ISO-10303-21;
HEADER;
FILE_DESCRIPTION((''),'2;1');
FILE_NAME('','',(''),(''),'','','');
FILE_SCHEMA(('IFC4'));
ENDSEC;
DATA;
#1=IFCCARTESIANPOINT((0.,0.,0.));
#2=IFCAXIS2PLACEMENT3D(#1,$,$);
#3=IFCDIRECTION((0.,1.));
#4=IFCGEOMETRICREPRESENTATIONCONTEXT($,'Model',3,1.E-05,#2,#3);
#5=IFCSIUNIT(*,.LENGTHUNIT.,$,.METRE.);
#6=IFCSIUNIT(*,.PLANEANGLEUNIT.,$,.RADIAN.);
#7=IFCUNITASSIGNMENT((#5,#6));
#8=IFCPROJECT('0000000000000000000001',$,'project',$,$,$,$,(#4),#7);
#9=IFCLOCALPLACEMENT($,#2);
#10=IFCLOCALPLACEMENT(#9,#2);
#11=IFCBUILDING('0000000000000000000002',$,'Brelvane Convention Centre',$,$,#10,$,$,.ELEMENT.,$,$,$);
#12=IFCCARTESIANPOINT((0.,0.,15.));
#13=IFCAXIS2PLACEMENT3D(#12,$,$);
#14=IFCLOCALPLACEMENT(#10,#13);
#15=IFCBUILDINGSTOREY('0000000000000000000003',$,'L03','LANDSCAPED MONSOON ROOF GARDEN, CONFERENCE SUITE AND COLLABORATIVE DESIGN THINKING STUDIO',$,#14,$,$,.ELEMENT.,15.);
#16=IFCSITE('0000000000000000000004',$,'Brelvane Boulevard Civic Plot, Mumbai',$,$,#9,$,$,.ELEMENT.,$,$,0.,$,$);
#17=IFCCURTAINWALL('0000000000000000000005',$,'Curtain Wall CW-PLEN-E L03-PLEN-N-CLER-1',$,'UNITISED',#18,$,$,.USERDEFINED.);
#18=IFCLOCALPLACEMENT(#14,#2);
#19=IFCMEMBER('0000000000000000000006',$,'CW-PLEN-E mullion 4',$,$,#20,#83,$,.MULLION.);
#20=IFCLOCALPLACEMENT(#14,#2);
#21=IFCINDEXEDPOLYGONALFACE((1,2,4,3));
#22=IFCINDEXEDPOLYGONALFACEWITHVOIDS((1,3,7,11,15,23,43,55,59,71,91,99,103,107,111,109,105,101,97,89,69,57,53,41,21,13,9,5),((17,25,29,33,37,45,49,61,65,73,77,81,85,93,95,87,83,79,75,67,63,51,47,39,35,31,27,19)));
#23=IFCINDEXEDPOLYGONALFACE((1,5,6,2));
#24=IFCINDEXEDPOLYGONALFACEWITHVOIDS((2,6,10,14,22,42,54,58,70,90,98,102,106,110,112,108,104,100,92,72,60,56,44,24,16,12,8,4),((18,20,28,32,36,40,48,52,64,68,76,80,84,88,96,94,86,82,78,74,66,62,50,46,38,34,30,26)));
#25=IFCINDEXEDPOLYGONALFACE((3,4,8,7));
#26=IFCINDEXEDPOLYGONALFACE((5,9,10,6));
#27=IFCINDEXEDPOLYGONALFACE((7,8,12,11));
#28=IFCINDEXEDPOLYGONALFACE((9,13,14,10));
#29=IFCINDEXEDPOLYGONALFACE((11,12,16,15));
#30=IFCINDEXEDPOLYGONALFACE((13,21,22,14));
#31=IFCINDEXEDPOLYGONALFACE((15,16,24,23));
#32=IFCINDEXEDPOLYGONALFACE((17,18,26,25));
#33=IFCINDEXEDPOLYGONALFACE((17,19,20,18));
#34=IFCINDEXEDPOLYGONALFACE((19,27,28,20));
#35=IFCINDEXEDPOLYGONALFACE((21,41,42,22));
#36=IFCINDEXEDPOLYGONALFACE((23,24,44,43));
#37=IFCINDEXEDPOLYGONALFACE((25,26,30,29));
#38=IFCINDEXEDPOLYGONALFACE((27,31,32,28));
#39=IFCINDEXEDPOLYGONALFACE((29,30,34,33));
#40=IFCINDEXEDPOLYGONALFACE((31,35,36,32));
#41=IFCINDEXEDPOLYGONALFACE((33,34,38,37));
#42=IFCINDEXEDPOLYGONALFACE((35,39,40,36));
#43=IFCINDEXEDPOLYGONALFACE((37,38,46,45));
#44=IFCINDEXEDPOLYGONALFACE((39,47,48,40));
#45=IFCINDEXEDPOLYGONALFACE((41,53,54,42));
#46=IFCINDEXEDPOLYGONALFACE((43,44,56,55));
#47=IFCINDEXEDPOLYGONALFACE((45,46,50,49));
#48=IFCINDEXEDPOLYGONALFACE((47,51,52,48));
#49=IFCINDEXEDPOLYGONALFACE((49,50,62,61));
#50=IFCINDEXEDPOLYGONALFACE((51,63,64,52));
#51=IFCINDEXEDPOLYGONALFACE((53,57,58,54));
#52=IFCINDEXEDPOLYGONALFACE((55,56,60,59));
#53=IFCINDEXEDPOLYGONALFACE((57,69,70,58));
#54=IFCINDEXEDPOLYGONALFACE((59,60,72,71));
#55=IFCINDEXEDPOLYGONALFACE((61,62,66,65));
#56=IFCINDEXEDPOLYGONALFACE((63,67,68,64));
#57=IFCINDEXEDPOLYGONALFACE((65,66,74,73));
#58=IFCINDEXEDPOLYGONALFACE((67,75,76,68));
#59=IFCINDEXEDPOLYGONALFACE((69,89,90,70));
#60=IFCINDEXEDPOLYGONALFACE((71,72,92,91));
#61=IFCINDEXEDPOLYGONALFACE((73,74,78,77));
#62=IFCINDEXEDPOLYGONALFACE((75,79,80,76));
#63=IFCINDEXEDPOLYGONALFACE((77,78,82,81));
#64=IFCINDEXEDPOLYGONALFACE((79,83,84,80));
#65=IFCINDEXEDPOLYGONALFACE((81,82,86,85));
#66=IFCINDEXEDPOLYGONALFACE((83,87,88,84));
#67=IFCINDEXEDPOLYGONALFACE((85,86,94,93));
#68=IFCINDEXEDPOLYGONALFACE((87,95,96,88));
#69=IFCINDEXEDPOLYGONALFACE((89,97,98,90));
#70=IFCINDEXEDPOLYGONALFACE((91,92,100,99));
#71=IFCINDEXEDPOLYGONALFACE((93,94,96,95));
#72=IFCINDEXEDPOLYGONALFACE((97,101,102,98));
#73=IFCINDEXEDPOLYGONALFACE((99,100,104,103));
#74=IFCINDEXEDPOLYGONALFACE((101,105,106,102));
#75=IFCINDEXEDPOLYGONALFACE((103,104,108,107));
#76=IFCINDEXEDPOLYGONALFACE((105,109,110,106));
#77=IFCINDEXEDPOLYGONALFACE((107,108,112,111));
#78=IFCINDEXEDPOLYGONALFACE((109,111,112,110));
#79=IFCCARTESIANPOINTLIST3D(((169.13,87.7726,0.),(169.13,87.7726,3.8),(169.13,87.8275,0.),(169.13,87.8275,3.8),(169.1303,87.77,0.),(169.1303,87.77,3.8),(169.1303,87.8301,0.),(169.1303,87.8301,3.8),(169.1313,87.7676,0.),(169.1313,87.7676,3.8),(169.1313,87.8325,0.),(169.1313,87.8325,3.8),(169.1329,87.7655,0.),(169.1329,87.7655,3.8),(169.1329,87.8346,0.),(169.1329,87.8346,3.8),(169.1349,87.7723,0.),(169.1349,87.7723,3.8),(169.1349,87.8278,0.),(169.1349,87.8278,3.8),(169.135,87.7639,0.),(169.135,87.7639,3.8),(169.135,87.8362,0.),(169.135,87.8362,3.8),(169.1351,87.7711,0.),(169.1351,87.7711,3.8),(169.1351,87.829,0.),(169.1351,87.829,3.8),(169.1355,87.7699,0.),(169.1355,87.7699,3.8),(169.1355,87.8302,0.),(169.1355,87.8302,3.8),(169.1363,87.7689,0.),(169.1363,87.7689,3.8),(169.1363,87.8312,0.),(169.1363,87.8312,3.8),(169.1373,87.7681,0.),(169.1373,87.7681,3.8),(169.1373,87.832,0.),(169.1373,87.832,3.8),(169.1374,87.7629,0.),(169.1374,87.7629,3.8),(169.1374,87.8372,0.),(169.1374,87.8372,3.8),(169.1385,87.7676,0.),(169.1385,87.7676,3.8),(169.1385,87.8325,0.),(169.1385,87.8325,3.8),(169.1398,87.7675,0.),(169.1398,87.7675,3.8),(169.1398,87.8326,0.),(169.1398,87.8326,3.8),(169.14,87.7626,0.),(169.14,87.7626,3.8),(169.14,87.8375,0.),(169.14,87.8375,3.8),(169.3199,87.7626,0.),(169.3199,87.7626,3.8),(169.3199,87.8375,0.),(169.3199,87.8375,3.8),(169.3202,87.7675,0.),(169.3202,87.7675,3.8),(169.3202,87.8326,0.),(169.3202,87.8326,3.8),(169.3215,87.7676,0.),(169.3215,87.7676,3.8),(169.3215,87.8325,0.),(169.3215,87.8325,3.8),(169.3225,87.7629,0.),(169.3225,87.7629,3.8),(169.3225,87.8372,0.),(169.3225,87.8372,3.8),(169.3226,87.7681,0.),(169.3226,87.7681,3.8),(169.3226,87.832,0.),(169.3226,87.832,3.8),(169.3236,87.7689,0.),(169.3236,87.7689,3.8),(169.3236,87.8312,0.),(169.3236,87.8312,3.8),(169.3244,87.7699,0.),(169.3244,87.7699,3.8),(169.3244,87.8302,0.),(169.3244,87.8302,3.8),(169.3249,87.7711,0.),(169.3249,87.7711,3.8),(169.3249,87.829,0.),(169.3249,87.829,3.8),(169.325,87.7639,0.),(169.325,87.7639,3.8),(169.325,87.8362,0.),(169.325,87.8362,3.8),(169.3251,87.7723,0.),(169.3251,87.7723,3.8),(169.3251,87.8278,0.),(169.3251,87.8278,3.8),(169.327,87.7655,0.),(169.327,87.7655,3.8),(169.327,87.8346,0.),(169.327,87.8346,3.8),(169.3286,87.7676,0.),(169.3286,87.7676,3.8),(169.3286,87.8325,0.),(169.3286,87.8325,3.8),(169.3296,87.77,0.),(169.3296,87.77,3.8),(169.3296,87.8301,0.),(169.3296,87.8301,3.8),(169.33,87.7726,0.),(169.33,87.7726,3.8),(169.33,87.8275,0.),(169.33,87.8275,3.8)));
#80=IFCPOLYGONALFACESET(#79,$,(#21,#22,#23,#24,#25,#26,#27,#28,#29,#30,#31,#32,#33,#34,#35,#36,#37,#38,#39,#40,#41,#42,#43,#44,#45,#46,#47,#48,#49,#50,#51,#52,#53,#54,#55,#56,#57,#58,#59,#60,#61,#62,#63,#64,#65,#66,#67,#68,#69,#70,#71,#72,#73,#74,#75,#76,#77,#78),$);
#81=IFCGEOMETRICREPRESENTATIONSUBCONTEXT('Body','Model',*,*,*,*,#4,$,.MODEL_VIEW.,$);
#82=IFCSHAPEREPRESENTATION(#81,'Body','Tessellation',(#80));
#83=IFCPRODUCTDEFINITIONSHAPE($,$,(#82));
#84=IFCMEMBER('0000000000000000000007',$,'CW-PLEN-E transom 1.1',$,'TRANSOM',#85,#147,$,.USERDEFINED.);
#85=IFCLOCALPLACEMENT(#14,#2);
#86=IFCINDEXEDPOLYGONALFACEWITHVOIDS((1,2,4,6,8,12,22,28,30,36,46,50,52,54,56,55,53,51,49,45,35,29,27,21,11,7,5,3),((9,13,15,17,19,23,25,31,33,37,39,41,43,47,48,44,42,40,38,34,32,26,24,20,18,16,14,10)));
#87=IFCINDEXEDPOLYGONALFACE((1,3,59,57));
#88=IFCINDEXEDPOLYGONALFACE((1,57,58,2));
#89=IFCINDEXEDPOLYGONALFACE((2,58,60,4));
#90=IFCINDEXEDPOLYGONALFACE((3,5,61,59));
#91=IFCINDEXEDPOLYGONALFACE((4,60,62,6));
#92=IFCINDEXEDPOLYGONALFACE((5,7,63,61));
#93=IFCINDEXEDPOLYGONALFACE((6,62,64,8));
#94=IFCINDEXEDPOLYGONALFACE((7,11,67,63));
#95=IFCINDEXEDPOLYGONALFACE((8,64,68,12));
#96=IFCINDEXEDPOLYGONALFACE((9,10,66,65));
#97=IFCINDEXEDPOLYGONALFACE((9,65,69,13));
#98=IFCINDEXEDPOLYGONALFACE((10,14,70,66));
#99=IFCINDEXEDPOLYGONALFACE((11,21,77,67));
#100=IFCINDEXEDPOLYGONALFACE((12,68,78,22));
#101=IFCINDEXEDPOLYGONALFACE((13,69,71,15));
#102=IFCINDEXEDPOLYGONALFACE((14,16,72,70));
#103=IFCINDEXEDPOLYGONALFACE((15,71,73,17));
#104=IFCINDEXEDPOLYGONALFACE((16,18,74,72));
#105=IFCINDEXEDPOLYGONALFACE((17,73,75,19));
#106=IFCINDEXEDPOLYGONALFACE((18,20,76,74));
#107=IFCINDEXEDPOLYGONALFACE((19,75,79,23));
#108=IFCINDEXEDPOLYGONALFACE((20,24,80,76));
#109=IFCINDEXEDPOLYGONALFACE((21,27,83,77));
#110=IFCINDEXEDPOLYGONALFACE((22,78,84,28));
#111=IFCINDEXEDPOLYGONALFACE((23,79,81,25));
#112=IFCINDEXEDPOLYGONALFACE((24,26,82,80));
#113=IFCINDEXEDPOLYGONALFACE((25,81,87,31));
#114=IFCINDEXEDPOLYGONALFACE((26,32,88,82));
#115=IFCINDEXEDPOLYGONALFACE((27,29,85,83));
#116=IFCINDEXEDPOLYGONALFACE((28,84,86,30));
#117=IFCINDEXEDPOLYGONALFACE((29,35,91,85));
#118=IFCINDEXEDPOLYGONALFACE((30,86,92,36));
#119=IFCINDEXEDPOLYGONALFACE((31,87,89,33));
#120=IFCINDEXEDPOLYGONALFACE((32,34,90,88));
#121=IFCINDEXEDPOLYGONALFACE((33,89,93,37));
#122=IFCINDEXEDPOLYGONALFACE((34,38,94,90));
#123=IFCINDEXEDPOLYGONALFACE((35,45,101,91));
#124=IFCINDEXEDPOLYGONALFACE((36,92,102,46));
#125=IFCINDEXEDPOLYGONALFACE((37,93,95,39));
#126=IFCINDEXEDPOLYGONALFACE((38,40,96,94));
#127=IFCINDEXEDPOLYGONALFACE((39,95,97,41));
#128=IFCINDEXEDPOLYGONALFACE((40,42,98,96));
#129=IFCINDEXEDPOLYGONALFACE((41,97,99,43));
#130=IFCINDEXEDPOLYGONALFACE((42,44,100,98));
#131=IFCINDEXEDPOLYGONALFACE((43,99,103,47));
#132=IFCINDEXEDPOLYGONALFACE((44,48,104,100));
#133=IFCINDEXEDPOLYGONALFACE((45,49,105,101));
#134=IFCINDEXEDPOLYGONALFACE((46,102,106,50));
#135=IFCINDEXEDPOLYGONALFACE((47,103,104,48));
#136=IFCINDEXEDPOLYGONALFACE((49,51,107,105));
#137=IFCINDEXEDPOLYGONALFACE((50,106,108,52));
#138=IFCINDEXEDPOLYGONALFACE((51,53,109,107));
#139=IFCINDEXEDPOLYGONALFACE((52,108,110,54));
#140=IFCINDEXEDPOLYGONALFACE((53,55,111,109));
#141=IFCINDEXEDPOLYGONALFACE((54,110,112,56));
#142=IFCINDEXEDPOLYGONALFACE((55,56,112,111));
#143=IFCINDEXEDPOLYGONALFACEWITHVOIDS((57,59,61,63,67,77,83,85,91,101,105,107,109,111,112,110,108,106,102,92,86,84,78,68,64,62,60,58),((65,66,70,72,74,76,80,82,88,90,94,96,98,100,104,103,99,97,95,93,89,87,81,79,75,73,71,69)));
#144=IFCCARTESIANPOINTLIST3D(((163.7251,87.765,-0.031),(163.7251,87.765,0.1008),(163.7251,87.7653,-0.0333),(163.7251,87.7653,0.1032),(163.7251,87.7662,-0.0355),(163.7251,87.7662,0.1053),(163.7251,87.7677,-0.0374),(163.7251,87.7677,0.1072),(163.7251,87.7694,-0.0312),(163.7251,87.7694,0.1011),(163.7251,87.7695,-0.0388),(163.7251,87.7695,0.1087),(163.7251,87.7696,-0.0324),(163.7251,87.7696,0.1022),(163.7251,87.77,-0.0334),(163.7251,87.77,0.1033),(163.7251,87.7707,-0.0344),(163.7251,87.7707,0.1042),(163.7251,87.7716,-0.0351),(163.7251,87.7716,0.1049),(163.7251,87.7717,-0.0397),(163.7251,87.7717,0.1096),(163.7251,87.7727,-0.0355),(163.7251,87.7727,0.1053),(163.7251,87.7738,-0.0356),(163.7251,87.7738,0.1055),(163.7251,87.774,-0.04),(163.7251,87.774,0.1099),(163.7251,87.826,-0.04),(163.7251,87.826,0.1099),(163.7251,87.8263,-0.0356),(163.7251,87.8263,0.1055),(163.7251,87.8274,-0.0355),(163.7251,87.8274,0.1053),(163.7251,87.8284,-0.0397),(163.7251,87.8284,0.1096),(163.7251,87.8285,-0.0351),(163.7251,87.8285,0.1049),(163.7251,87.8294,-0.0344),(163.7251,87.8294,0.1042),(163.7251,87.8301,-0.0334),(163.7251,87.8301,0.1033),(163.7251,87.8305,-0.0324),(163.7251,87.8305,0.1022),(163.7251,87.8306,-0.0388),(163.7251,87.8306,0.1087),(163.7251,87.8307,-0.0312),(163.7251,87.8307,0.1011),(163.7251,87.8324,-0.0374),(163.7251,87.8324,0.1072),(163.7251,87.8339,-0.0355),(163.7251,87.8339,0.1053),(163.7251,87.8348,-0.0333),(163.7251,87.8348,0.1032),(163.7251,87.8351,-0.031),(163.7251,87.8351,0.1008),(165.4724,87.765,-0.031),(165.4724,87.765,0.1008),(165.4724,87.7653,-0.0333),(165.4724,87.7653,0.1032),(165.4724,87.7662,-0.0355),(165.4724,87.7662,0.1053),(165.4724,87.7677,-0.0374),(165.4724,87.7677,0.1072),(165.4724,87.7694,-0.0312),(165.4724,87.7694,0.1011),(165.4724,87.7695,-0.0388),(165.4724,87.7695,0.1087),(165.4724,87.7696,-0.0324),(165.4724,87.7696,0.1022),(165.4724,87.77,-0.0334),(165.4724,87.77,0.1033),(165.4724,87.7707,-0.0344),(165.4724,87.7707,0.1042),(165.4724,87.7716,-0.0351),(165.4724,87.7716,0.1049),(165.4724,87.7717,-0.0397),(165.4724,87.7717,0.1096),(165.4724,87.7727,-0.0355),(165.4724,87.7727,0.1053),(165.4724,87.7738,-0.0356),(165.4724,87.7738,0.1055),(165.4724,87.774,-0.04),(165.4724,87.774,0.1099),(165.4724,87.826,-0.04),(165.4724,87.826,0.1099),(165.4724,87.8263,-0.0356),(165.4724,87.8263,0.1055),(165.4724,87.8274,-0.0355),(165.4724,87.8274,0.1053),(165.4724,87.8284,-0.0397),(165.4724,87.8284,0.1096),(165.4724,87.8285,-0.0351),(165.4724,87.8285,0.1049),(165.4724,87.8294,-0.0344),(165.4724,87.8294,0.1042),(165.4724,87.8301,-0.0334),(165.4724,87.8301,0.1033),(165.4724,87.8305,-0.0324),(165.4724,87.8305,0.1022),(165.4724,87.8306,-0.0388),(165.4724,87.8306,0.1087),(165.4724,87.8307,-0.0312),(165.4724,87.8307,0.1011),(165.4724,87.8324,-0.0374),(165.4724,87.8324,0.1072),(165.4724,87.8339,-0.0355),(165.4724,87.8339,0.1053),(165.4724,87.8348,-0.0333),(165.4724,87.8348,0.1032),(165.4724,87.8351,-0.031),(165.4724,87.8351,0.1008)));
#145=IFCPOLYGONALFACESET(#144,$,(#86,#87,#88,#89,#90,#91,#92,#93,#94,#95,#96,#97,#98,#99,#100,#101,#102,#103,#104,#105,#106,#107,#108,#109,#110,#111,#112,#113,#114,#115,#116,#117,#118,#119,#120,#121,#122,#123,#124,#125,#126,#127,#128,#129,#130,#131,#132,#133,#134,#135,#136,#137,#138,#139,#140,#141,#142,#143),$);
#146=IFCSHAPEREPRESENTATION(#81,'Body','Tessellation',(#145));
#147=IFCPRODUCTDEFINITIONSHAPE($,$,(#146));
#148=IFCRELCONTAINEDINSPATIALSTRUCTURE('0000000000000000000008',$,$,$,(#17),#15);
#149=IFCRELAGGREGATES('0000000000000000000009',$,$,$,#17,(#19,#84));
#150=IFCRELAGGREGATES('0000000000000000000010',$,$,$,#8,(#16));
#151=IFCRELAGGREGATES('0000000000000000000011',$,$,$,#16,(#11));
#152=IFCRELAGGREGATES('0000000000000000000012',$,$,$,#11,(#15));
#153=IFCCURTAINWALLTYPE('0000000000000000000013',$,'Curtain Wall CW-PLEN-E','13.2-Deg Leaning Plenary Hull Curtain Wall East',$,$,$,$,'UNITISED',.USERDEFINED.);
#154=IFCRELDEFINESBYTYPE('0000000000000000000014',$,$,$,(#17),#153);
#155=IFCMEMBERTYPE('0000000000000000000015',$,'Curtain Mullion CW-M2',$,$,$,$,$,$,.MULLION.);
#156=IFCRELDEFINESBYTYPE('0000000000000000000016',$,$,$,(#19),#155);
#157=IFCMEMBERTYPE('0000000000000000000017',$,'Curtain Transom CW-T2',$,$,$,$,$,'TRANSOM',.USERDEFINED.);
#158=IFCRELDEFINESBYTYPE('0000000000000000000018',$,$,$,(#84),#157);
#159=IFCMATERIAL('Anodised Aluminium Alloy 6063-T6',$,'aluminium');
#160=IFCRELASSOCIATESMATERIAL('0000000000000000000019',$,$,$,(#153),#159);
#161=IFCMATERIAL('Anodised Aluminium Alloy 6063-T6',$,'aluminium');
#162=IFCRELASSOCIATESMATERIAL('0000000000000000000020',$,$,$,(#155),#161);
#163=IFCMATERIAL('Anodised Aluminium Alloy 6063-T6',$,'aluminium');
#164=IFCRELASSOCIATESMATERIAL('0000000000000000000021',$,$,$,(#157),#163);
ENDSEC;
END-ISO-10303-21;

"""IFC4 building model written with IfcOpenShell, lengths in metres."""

from ifc_helpers import new_model, si_unit, direction, frame, origin, origin_2d, place, context, subcontext, project, spatial, hollow_rectangle, extrude, material, material_profile, profile_set, type_object, element, aggregate, save


model = new_model("IFC4")

# Units and contexts
model_context = context("Model", 3, precision=1e-05, world=origin(), true_north=direction((0.0, 1.0)))
body_context = subcontext(model_context, "Body", "Model", "MODEL_VIEW")
ifc_project = project(units=[si_unit("LENGTHUNIT", "METRE"), si_unit("PLANEANGLEUNIT", "RADIAN")], contexts=[model_context])

# Site, building, storey
site_placement = place(None, origin())
site = spatial("IfcSite", under=ifc_project, at=site_placement, Name="Brelvane Boulevard Civic Plot, Mumbai", CompositionType="ELEMENT", RefElevation=0.0)
building_placement = place(site_placement, origin())
building = spatial("IfcBuilding", under=site, at=building_placement, Name="Brelvane Convention Centre", CompositionType="ELEMENT")
storey_placement = place(building_placement, frame((0.0, 0.0, 15.0)))
storey = spatial("IfcBuildingStorey", under=building, at=storey_placement, Name="L03", Description="LANDSCAPED MONSOON ROOF GARDEN, CONFERENCE SUITE AND COLLABORATIVE DESIGN THINKING STUDIO", CompositionType="ELEMENT", Elevation=15.0)

# Curtain wall, members
ifc_material_1 = material(Name="Anodised Aluminium Alloy 6063-T6", Category="aluminium")
curtain_wall_type = type_object("IfcCurtainWallType", Name="Curtain Wall CW-PLEN-E", Description="13.2-Deg Leaning Plenary Hull Curtain Wall East", ElementType="UNITISED", PredefinedType="USERDEFINED", material=ifc_material_1)
curtain_wall_placement = place(storey_placement, origin())
curtain_wall = element("IfcCurtainWall", 1, at=curtain_wall_placement, inside=storey, type_object=curtain_wall_type, Name="Curtain Wall CW-PLEN-E L03-PLEN-N-CLER-1", ObjectType="UNITISED", PredefinedType="USERDEFINED")
ifc_material_2 = material(Name="Anodised Aluminium Alloy 6063-T6", Category="aluminium")
ifc_material_profile_1 = material_profile(ifc_material_2, hollow_rectangle(XDim=0.075, YDim=0.2, WallThickness=0.0049, InnerFilletRadius=0.0049, OuterFilletRadius=0.01, at=origin_2d()), Name="ALU-M 200x75x5.0")
ifc_profile_set_1 = profile_set([ifc_material_profile_1], Name="Anodised Aluminium Alloy 6063-T6")
member_type_1 = type_object("IfcMemberType", Name="Curtain Mullion CW-M2", PredefinedType="MULLION", material=ifc_profile_set_1)
member_1_placement = place(storey_placement, frame((169.23, 87.8, 0.0), z_axis=(0.0, 0.0, 1.0), x_axis=(0.0, 1.0, 0.0)))
member_1 = element("IfcMember", 2, at=member_1_placement, type_object=member_type_1, Name="CW-PLEN-E mullion 4", PredefinedType="MULLION", context=body_context, shape_type="SweptSolid", body=[
    extrude(hollow_rectangle(XDim=0.075, YDim=0.2, WallThickness=0.0049, InnerFilletRadius=0.0049, OuterFilletRadius=0.01, at=origin_2d()), origin(), (0.0, 0.0, 1.0), 3.8),
])
ifc_material_3 = material(Name="Anodised Aluminium Alloy 6063-T6", Category="aluminium")
ifc_material_profile_2 = material_profile(ifc_material_3, hollow_rectangle(XDim=0.0701, YDim=0.1499, WallThickness=0.0044, InnerFilletRadius=0.0044, OuterFilletRadius=0.009, at=origin_2d()), Name="ALU-T 150x70x4.5")
ifc_profile_set_2 = profile_set([ifc_material_profile_2], Name="Anodised Aluminium Alloy 6063-T6")
member_type_2 = type_object("IfcMemberType", Name="Curtain Transom CW-T2", ElementType="TRANSOM", PredefinedType="USERDEFINED", material=ifc_profile_set_2)
member_2_placement = place(storey_placement, frame((163.7251, 87.8, 0.0349), z_axis=(1.0, 0.0, 0.0), x_axis=(0.0, 1.0, 0.0)))
member_2 = element("IfcMember", 3, at=member_2_placement, type_object=member_type_2, Name="CW-PLEN-E transom 1.1", ObjectType="TRANSOM", PredefinedType="USERDEFINED", context=body_context, shape_type="SweptSolid", body=[
    extrude(hollow_rectangle(XDim=0.0701, YDim=0.1499, WallThickness=0.0044, InnerFilletRadius=0.0044, OuterFilletRadius=0.009, at=origin_2d()), origin(), (0.0, 0.0, 1.0), 1.7473),
])

aggregate(curtain_wall, [member_1, member_2])

save(model, "model.ifc")
